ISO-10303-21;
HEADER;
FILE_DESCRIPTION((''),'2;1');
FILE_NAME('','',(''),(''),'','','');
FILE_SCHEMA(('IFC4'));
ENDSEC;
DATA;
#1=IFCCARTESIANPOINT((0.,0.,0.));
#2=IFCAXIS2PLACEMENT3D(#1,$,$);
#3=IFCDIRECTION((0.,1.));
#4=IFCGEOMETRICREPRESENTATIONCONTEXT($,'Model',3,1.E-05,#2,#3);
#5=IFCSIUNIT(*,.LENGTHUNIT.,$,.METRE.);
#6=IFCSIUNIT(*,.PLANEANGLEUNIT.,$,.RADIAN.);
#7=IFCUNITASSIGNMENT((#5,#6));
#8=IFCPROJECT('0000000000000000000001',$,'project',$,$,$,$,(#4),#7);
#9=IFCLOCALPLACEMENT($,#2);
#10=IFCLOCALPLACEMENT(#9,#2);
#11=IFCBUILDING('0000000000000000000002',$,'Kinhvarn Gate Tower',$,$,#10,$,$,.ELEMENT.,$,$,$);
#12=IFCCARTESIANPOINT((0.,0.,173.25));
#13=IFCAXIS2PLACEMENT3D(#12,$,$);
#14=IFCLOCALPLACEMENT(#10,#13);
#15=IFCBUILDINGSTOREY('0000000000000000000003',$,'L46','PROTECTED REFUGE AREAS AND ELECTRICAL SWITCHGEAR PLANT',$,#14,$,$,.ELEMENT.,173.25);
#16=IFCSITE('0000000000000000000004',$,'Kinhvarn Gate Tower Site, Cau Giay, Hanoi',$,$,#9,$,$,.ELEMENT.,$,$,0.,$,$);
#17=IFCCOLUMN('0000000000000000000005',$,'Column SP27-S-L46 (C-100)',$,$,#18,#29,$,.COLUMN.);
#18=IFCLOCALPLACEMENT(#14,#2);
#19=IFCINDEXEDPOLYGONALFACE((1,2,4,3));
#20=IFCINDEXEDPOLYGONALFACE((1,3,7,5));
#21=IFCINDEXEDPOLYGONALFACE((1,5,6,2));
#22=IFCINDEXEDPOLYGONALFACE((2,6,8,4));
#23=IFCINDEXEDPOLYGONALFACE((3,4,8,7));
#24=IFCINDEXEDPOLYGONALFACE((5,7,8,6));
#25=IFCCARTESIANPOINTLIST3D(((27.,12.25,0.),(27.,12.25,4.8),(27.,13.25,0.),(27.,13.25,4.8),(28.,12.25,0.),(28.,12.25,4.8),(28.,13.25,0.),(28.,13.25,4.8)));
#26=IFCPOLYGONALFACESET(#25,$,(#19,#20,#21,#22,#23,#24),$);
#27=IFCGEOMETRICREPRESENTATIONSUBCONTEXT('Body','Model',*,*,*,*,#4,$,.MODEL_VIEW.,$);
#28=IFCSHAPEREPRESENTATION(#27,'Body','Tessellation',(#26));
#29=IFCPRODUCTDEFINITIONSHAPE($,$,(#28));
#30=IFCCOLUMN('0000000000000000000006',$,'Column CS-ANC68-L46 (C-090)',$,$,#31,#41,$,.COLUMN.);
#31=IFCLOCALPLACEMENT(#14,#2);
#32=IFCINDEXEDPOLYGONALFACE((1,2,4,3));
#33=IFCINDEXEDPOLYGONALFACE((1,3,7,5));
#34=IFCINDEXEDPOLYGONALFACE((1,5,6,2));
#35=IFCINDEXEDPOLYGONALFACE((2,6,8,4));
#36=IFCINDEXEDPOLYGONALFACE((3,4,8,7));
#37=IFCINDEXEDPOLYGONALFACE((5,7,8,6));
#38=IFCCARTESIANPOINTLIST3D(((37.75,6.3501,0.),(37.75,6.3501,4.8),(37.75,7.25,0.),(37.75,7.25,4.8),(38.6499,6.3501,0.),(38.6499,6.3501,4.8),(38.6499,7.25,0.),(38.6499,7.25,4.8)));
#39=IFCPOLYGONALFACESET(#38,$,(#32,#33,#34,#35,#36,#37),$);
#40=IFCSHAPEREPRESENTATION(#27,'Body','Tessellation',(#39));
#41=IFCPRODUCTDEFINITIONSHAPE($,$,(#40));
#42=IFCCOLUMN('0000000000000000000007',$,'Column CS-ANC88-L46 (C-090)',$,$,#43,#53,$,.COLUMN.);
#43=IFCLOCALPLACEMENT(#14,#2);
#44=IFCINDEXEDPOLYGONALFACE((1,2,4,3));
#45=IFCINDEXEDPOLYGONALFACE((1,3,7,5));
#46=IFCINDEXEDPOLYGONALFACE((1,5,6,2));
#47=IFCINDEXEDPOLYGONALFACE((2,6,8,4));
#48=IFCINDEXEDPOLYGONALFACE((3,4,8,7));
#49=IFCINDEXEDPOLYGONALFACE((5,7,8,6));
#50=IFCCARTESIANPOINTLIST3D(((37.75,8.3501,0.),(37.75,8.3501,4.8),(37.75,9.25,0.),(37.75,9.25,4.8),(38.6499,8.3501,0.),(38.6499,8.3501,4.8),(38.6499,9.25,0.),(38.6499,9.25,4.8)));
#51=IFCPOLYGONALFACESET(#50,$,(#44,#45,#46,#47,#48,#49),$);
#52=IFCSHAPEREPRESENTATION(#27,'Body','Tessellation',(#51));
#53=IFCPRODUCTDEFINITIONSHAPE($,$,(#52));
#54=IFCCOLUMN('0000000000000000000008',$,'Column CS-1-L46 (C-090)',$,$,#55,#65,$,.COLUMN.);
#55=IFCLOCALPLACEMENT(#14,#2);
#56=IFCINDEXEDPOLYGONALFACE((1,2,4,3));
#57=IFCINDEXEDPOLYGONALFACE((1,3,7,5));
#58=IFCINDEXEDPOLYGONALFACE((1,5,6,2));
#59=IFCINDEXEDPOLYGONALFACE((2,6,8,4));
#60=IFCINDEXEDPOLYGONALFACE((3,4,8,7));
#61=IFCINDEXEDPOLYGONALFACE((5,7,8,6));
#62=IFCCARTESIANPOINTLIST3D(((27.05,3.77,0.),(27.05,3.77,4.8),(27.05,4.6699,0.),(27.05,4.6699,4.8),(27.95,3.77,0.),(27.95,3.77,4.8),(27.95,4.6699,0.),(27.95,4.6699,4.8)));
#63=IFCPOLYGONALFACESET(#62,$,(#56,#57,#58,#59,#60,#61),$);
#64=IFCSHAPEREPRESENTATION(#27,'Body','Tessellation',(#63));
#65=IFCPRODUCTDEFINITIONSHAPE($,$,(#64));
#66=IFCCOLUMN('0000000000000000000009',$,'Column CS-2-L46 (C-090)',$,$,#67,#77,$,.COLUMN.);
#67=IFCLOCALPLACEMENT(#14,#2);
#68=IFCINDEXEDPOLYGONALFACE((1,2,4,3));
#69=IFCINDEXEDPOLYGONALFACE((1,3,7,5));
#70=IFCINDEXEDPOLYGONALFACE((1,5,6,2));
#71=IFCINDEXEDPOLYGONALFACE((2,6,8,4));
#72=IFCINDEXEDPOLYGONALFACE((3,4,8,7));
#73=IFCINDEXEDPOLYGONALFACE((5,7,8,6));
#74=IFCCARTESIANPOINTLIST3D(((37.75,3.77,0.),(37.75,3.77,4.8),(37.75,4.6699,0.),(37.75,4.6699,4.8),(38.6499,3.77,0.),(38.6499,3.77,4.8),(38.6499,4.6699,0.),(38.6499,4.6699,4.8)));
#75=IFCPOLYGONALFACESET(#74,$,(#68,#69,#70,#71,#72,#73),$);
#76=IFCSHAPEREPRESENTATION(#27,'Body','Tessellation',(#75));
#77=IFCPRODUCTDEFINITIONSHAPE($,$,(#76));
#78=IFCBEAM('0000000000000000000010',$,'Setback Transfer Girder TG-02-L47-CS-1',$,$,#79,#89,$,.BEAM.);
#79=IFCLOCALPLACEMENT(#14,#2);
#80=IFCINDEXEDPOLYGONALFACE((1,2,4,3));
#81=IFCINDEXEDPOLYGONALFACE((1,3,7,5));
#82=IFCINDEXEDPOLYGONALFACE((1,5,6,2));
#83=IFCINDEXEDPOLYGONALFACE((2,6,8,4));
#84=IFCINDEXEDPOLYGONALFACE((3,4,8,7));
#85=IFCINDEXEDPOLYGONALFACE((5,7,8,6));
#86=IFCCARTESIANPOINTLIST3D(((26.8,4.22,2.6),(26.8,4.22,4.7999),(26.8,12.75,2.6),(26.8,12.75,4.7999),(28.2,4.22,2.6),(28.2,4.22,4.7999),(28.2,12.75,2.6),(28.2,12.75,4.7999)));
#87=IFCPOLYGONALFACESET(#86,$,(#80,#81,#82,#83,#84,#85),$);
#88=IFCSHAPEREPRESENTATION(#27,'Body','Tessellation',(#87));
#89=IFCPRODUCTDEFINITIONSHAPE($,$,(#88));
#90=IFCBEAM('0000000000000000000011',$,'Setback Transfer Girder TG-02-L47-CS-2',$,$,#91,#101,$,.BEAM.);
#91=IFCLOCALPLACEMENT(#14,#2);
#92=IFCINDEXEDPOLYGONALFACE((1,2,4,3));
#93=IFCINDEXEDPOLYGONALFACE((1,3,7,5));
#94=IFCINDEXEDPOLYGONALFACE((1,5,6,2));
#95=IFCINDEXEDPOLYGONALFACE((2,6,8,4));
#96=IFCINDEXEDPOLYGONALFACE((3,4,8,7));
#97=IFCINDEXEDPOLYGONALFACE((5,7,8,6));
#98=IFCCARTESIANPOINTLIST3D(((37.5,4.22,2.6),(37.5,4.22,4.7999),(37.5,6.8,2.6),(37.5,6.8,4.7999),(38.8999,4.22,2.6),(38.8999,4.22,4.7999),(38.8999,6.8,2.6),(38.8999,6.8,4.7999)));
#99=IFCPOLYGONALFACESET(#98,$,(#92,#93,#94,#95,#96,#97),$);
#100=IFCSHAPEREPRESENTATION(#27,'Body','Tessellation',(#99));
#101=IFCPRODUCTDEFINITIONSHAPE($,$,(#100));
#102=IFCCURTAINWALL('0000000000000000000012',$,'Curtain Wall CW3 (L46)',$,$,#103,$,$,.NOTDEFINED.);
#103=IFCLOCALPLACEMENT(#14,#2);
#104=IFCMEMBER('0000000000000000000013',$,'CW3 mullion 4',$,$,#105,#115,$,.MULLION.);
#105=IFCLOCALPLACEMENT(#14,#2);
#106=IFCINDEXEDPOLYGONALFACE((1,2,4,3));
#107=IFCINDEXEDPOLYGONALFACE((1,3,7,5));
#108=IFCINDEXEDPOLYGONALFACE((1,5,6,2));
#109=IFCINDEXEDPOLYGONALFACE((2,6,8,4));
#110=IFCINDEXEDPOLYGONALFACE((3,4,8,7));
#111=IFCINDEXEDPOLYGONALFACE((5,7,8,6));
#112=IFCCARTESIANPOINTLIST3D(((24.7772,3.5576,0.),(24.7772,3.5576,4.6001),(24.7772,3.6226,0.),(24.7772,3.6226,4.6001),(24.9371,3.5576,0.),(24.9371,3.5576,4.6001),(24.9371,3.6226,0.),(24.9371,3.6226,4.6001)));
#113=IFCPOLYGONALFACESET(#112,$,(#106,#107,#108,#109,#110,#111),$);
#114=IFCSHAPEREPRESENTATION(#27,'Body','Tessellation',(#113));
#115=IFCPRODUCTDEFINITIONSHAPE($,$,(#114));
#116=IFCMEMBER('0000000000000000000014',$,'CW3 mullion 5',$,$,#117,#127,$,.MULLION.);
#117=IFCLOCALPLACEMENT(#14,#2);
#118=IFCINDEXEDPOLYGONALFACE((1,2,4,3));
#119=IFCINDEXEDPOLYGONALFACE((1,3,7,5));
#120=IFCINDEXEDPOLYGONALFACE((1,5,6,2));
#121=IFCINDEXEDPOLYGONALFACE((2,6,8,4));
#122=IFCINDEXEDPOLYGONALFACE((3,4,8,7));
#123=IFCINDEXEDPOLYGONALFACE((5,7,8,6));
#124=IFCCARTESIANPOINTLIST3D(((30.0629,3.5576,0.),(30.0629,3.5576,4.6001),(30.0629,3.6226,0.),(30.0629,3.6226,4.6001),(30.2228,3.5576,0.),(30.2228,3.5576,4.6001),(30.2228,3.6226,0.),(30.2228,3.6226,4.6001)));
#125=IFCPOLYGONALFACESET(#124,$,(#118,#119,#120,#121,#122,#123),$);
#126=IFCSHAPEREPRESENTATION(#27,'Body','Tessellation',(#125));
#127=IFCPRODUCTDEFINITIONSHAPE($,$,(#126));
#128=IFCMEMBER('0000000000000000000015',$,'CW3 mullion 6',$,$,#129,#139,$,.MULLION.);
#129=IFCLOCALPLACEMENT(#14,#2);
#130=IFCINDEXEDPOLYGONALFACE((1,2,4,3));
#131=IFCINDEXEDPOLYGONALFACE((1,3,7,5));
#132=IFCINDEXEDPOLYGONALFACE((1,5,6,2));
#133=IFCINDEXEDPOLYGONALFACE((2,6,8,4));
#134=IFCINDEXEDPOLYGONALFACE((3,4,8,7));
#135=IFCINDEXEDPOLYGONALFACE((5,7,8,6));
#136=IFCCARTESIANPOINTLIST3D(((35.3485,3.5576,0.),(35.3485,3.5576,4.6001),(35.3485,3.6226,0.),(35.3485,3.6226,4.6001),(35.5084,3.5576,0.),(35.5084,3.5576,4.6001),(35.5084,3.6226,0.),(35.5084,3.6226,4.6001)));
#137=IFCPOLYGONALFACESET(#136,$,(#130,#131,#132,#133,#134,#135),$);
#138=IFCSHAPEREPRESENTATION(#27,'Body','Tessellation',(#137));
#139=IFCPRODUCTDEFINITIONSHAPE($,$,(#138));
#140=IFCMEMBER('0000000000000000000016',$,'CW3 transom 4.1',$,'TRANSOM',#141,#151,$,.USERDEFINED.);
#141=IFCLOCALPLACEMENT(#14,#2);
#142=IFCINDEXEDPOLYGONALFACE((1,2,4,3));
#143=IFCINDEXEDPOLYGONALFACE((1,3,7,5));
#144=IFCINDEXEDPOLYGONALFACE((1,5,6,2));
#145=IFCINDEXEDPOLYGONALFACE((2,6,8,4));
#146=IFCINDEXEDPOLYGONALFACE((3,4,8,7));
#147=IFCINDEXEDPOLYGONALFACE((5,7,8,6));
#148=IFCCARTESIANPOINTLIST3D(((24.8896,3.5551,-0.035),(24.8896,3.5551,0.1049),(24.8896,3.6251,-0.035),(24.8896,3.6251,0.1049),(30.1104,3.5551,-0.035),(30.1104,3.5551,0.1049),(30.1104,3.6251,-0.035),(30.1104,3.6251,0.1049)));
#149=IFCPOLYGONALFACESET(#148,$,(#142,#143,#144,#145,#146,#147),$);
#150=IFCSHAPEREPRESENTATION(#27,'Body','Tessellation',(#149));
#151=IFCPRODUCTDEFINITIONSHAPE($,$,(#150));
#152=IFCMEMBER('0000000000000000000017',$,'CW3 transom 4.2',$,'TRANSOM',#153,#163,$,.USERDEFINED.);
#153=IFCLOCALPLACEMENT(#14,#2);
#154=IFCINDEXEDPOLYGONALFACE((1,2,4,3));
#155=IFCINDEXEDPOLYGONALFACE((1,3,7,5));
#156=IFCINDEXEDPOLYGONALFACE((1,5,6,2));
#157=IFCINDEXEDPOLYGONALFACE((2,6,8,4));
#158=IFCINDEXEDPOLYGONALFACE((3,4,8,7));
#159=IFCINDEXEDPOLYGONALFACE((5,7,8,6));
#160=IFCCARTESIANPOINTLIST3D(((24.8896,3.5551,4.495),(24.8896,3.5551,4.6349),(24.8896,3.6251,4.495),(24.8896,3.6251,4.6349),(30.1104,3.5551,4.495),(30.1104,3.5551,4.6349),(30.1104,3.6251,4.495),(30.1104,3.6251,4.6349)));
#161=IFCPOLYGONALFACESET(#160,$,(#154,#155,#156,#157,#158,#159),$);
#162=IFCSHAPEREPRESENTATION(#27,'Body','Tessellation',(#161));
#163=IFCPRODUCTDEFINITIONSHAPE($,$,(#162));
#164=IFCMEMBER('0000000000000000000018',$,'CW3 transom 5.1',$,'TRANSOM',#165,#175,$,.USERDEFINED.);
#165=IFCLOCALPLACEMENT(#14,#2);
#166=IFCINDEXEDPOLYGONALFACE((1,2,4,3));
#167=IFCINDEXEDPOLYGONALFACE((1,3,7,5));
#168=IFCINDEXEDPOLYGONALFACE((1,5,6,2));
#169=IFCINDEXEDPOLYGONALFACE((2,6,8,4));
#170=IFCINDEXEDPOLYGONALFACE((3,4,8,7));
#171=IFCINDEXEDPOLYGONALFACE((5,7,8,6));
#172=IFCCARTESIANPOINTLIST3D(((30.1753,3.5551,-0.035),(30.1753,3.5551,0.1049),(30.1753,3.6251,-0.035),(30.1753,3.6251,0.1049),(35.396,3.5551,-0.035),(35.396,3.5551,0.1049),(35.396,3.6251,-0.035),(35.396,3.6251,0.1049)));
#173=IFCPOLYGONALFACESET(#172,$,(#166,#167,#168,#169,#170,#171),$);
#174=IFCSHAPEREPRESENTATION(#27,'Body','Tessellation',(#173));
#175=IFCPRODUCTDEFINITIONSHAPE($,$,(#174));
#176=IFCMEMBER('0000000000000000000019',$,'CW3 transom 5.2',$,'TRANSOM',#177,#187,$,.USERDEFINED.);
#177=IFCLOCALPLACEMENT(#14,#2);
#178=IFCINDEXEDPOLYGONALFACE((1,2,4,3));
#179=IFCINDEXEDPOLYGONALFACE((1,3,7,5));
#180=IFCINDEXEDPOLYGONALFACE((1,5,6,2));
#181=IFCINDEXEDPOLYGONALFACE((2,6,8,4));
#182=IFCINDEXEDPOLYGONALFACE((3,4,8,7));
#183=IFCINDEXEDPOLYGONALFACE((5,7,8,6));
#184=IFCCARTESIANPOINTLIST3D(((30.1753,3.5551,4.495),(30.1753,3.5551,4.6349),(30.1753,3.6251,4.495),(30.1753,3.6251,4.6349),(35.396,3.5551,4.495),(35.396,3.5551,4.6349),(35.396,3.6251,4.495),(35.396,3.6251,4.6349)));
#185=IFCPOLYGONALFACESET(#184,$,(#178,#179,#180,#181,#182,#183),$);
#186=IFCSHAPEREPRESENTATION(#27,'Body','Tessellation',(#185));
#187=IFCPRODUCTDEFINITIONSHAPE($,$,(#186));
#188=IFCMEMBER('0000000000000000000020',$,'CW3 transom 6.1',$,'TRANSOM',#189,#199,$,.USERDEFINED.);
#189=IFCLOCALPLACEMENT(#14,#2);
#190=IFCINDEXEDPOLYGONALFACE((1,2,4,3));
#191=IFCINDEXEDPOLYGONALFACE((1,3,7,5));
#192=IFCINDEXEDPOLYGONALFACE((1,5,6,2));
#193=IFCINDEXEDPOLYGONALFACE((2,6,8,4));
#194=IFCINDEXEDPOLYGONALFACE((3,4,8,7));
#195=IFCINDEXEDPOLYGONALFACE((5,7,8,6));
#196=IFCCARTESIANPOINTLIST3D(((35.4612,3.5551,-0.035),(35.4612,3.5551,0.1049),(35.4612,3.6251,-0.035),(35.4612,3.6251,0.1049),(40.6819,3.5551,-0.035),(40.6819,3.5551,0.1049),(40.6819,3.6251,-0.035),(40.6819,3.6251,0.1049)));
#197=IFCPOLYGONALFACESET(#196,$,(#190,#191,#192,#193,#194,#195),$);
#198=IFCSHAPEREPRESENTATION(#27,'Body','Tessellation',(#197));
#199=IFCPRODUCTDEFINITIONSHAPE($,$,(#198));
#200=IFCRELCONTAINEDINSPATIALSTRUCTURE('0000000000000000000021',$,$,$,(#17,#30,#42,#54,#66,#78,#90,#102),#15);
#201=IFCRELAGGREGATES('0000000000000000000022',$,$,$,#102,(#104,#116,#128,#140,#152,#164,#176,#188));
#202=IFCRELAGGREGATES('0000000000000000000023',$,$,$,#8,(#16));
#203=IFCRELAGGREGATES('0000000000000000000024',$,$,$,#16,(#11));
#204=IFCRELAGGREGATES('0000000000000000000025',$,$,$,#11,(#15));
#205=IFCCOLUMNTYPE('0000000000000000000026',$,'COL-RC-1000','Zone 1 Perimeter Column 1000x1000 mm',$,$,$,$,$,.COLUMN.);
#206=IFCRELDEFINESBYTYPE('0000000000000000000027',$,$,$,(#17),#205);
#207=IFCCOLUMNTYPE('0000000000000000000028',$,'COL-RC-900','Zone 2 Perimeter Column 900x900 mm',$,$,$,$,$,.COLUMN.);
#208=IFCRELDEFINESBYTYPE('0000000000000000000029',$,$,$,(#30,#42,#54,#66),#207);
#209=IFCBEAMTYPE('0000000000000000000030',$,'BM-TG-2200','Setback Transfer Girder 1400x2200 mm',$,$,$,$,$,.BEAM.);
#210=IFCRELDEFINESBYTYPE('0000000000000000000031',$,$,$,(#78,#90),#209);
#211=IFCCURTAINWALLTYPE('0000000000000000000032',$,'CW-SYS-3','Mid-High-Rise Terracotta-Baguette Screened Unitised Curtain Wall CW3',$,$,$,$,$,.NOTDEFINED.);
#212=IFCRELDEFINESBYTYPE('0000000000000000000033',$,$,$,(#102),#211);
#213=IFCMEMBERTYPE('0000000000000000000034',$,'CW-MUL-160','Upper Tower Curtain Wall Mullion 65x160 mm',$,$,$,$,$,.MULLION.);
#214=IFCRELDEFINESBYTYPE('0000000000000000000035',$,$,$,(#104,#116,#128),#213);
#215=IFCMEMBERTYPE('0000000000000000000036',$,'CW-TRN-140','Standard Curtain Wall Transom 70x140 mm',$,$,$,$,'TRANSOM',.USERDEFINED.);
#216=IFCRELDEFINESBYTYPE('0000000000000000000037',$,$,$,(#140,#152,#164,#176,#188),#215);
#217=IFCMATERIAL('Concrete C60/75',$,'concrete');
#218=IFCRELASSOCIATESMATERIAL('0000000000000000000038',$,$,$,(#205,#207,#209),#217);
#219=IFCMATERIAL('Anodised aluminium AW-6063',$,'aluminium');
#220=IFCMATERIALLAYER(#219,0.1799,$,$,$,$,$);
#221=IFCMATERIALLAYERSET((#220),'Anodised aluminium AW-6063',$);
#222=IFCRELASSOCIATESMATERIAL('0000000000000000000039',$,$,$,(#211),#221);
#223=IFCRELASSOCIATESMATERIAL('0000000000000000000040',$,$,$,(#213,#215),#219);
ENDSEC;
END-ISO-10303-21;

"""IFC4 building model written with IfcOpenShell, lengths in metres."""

from ifc_helpers import new_model, si_unit, direction, frame, origin, origin_2d, place, context, subcontext, project, spatial, rectangle, extrude, material, layer, layer_set, material_profile, profile_set, type_object, element, aggregate, save


model = new_model("IFC4")

# Units and contexts
model_context = context("Model", 3, precision=1e-05, world=origin(), true_north=direction((0.0, 1.0)))
body_context = subcontext(model_context, "Body", "Model", "MODEL_VIEW")
ifc_project = project(units=[si_unit("LENGTHUNIT", "METRE"), si_unit("PLANEANGLEUNIT", "RADIAN")], contexts=[model_context])

# Site, building, storey
site_placement = place(None, origin())
site = spatial("IfcSite", under=ifc_project, at=site_placement, Name="Kinhvarn Gate Tower Site, Cau Giay, Hanoi", CompositionType="ELEMENT", RefElevation=0.0)
building_placement = place(site_placement, origin())
building = spatial("IfcBuilding", under=site, at=building_placement, Name="Kinhvarn Gate Tower", CompositionType="ELEMENT")
storey_placement = place(building_placement, frame((0.0, 0.0, 173.25)))
storey = spatial("IfcBuildingStorey", under=building, at=storey_placement, Name="L46", Description="PROTECTED REFUGE AREAS AND ELECTRICAL SWITCHGEAR PLANT", CompositionType="ELEMENT", Elevation=173.25)

# Columns
ifc_material_1 = material(Name="Concrete C60/75", Category="concrete")
ifc_material_profile_1 = material_profile(ifc_material_1, rectangle(XDim=1.0, YDim=1.0, at=origin_2d()), Name="RC 1000x1000")
ifc_profile_set_1 = profile_set([ifc_material_profile_1], Name="Concrete C60/75")
column_type_1 = type_object("IfcColumnType", Name="COL-RC-1000", Description="Zone 1 Perimeter Column 1000x1000 mm", PredefinedType="COLUMN", material=ifc_profile_set_1)
column_placement = place(storey_placement, frame((27.5, 12.75, 0.0), z_axis=(0.0, 0.0, 1.0), x_axis=(1.0, 0.0, 0.0)))
element("IfcColumn", 1, at=column_placement, inside=storey, type_object=column_type_1, Name="Column SP27-S-L46 (C-100)", PredefinedType="COLUMN", context=body_context, shape_type="SweptSolid", body=[
    extrude(rectangle(XDim=1.0, YDim=1.0, at=origin_2d()), origin(), (0.0, 0.0, 1.0), 4.8),
])
ifc_material_profile_2 = material_profile(ifc_material_1, rectangle(XDim=0.8999, YDim=0.8999, at=origin_2d()), Name="RC 900x900")
ifc_profile_set_2 = profile_set([ifc_material_profile_2], Name="Concrete C60/75")
column_type_2 = type_object("IfcColumnType", Name="COL-RC-900", Description="Zone 2 Perimeter Column 900x900 mm", PredefinedType="COLUMN", material=ifc_profile_set_2)
for number, where, z_axis, x_axis, name in (
    (2, (38.2, 6.8, 0.0), (0.0, 0.0, 1.0), (1.0, 0.0, 0.0), "Column CS-ANC68-L46 (C-090)"),
    (3, (38.2, 8.8, 0.0), (0.0, 0.0, 1.0), (1.0, 0.0, 0.0), "Column CS-ANC88-L46 (C-090)"),
    (4, (27.5, 4.22, 0.0), (0.0, 0.0, 1.0), (1.0, 0.0, 0.0), "Column CS-1-L46 (C-090)"),
    (5, (38.2, 4.22, 0.0), (0.0, 0.0, 1.0), (1.0, 0.0, 0.0), "Column CS-2-L46 (C-090)"),
):
    element("IfcColumn", number, at=place(storey_placement, frame(where, z_axis=z_axis, x_axis=x_axis)), inside=storey, type_object=column_type_2, Name=name, PredefinedType="COLUMN", context=body_context, shape_type="SweptSolid", body=[
        extrude(rectangle(XDim=0.8999, YDim=0.8999, at=origin_2d()), origin(), (0.0, 0.0, 1.0), 4.8),
    ])

# Beams
ifc_material_profile_3 = material_profile(ifc_material_1, rectangle(XDim=1.3999, YDim=2.2, at=origin_2d()), Name="RC 1400x2200")
ifc_profile_set_3 = profile_set([ifc_material_profile_3], Name="Concrete C60/75")
beam_type_1 = type_object("IfcBeamType", Name="BM-TG-2200", Description="Setback Transfer Girder 1400x2200 mm", PredefinedType="BEAM", material=ifc_profile_set_3)
beam_1_placement = place(storey_placement, frame((27.5, 4.22, 3.7), z_axis=(0.0, 1.0, 0.0), x_axis=(-1.0, 0.0, 0.0)))
element("IfcBeam", 6, at=beam_1_placement, inside=storey, type_object=beam_type_1, Name="Setback Transfer Girder TG-02-L47-CS-1", PredefinedType="BEAM", context=body_context, shape_type="SweptSolid", body=[
    extrude(rectangle(XDim=1.3999, YDim=2.2, at=origin_2d()), origin(), (0.0, 0.0, 1.0), 8.53),
])
beam_2_placement = place(storey_placement, frame((38.2, 4.22, 3.7), z_axis=(0.0, 1.0, 0.0), x_axis=(-1.0, 0.0, 0.0)))
element("IfcBeam", 7, at=beam_2_placement, inside=storey, type_object=beam_type_1, Name="Setback Transfer Girder TG-02-L47-CS-2", PredefinedType="BEAM", context=body_context, shape_type="SweptSolid", body=[
    extrude(rectangle(XDim=1.3999, YDim=2.2, at=origin_2d()), origin(), (0.0, 0.0, 1.0), 2.5801),
])

# Curtain wall, members
ifc_material_2 = material(Name="Anodised aluminium AW-6063", Category="aluminium")
ifc_layer_1 = layer(ifc_material_2, 0.1799)
ifc_layer_set_1 = layer_set([ifc_layer_1], Name="Anodised aluminium AW-6063")
curtain_wall_type = type_object("IfcCurtainWallType", Name="CW-SYS-3", Description="Mid-High-Rise Terracotta-Baguette Screened Unitised Curtain Wall CW3", PredefinedType="NOTDEFINED", material=ifc_layer_set_1)
curtain_wall_placement = place(storey_placement, origin())
curtain_wall = element("IfcCurtainWall", 8, at=curtain_wall_placement, inside=storey, type_object=curtain_wall_type, Name="Curtain Wall CW3 (L46)", PredefinedType="NOTDEFINED")
ifc_material_profile_4 = material_profile(ifc_material_2, rectangle(XDim=0.0649, YDim=0.1599, at=origin_2d()), Name="ALU 65x160")
ifc_profile_set_4 = profile_set([ifc_material_profile_4], Name="Anodised aluminium AW-6063")
member_type_1 = type_object("IfcMemberType", Name="CW-MUL-160", Description="Upper Tower Curtain Wall Mullion 65x160 mm", PredefinedType="MULLION", material=ifc_profile_set_4)
member_1_placement = place(storey_placement, frame((24.8572, 3.5901, 0.0), z_axis=(0.0, 0.0, 1.0), x_axis=(0.0, 1.0, 0.0)))
member_1 = element("IfcMember", 9, at=member_1_placement, type_object=member_type_1, Name="CW3 mullion 4", PredefinedType="MULLION", context=body_context, shape_type="SweptSolid", body=[
    extrude(rectangle(XDim=0.0649, YDim=0.1599, at=origin_2d()), origin(), (0.0, 0.0, 1.0), 4.6001),
])
member_2_placement = place(storey_placement, frame((30.1428, 3.5901, 0.0), z_axis=(0.0, 0.0, 1.0), x_axis=(0.0, 1.0, 0.0)))
member_2 = element("IfcMember", 10, at=member_2_placement, type_object=member_type_1, Name="CW3 mullion 5", PredefinedType="MULLION", context=body_context, shape_type="SweptSolid", body=[
    extrude(rectangle(XDim=0.0649, YDim=0.1599, at=origin_2d()), origin(), (0.0, 0.0, 1.0), 4.6001),
])
member_3_placement = place(storey_placement, frame((35.4285, 3.5901, 0.0), z_axis=(0.0, 0.0, 1.0), x_axis=(0.0, 1.0, 0.0)))
member_3 = element("IfcMember", 11, at=member_3_placement, type_object=member_type_1, Name="CW3 mullion 6", PredefinedType="MULLION", context=body_context, shape_type="SweptSolid", body=[
    extrude(rectangle(XDim=0.0649, YDim=0.1599, at=origin_2d()), origin(), (0.0, 0.0, 1.0), 4.6001),
])
ifc_material_profile_5 = material_profile(ifc_material_2, rectangle(XDim=0.0701, YDim=0.1399, at=origin_2d()), Name="ALU 70x140")
ifc_profile_set_5 = profile_set([ifc_material_profile_5], Name="Anodised aluminium AW-6063")
member_type_2 = type_object("IfcMemberType", Name="CW-TRN-140", Description="Standard Curtain Wall Transom 70x140 mm", ElementType="TRANSOM", PredefinedType="USERDEFINED", material=ifc_profile_set_5)
member_4_placement = place(storey_placement, frame((24.8896, 3.5901, 0.0349), z_axis=(1.0, 0.0, 0.0), x_axis=(0.0, 1.0, 0.0)))
member_4 = element("IfcMember", 12, at=member_4_placement, type_object=member_type_2, Name="CW3 transom 4.1", ObjectType="TRANSOM", PredefinedType="USERDEFINED", context=body_context, shape_type="SweptSolid", body=[
    extrude(rectangle(XDim=0.0701, YDim=0.1399, at=origin_2d()), origin(), (0.0, 0.0, 1.0), 5.2207),
])
member_5_placement = place(storey_placement, frame((24.8896, 3.5901, 4.5649), z_axis=(1.0, 0.0, 0.0), x_axis=(0.0, 1.0, 0.0)))
member_5 = element("IfcMember", 13, at=member_5_placement, type_object=member_type_2, Name="CW3 transom 4.2", ObjectType="TRANSOM", PredefinedType="USERDEFINED", context=body_context, shape_type="SweptSolid", body=[
    extrude(rectangle(XDim=0.0701, YDim=0.1399, at=origin_2d()), origin(), (0.0, 0.0, 1.0), 5.2207),
])
member_6_placement = place(storey_placement, frame((30.1753, 3.5901, 0.0349), z_axis=(1.0, 0.0, 0.0), x_axis=(0.0, 1.0, 0.0)))
member_6 = element("IfcMember", 14, at=member_6_placement, type_object=member_type_2, Name="CW3 transom 5.1", ObjectType="TRANSOM", PredefinedType="USERDEFINED", context=body_context, shape_type="SweptSolid", body=[
    extrude(rectangle(XDim=0.0701, YDim=0.1399, at=origin_2d()), origin(), (0.0, 0.0, 1.0), 5.2207),
])
member_7_placement = place(storey_placement, frame((30.1753, 3.5901, 4.5649), z_axis=(1.0, 0.0, 0.0), x_axis=(0.0, 1.0, 0.0)))
member_7 = element("IfcMember", 15, at=member_7_placement, type_object=member_type_2, Name="CW3 transom 5.2", ObjectType="TRANSOM", PredefinedType="USERDEFINED", context=body_context, shape_type="SweptSolid", body=[
    extrude(rectangle(XDim=0.0701, YDim=0.1399, at=origin_2d()), origin(), (0.0, 0.0, 1.0), 5.2207),
])
member_8_placement = place(storey_placement, frame((35.4612, 3.5901, 0.0349), z_axis=(1.0, 0.0, 0.0), x_axis=(0.0, 1.0, 0.0)))
member_8 = element("IfcMember", 16, at=member_8_placement, type_object=member_type_2, Name="CW3 transom 6.1", ObjectType="TRANSOM", PredefinedType="USERDEFINED", context=body_context, shape_type="SweptSolid", body=[
    extrude(rectangle(XDim=0.0701, YDim=0.1399, at=origin_2d()), origin(), (0.0, 0.0, 1.0), 5.2207),
])

aggregate(curtain_wall, [member_1, member_2, member_3, member_4, member_5, member_6, member_7, member_8])

save(model, "model.ifc")
